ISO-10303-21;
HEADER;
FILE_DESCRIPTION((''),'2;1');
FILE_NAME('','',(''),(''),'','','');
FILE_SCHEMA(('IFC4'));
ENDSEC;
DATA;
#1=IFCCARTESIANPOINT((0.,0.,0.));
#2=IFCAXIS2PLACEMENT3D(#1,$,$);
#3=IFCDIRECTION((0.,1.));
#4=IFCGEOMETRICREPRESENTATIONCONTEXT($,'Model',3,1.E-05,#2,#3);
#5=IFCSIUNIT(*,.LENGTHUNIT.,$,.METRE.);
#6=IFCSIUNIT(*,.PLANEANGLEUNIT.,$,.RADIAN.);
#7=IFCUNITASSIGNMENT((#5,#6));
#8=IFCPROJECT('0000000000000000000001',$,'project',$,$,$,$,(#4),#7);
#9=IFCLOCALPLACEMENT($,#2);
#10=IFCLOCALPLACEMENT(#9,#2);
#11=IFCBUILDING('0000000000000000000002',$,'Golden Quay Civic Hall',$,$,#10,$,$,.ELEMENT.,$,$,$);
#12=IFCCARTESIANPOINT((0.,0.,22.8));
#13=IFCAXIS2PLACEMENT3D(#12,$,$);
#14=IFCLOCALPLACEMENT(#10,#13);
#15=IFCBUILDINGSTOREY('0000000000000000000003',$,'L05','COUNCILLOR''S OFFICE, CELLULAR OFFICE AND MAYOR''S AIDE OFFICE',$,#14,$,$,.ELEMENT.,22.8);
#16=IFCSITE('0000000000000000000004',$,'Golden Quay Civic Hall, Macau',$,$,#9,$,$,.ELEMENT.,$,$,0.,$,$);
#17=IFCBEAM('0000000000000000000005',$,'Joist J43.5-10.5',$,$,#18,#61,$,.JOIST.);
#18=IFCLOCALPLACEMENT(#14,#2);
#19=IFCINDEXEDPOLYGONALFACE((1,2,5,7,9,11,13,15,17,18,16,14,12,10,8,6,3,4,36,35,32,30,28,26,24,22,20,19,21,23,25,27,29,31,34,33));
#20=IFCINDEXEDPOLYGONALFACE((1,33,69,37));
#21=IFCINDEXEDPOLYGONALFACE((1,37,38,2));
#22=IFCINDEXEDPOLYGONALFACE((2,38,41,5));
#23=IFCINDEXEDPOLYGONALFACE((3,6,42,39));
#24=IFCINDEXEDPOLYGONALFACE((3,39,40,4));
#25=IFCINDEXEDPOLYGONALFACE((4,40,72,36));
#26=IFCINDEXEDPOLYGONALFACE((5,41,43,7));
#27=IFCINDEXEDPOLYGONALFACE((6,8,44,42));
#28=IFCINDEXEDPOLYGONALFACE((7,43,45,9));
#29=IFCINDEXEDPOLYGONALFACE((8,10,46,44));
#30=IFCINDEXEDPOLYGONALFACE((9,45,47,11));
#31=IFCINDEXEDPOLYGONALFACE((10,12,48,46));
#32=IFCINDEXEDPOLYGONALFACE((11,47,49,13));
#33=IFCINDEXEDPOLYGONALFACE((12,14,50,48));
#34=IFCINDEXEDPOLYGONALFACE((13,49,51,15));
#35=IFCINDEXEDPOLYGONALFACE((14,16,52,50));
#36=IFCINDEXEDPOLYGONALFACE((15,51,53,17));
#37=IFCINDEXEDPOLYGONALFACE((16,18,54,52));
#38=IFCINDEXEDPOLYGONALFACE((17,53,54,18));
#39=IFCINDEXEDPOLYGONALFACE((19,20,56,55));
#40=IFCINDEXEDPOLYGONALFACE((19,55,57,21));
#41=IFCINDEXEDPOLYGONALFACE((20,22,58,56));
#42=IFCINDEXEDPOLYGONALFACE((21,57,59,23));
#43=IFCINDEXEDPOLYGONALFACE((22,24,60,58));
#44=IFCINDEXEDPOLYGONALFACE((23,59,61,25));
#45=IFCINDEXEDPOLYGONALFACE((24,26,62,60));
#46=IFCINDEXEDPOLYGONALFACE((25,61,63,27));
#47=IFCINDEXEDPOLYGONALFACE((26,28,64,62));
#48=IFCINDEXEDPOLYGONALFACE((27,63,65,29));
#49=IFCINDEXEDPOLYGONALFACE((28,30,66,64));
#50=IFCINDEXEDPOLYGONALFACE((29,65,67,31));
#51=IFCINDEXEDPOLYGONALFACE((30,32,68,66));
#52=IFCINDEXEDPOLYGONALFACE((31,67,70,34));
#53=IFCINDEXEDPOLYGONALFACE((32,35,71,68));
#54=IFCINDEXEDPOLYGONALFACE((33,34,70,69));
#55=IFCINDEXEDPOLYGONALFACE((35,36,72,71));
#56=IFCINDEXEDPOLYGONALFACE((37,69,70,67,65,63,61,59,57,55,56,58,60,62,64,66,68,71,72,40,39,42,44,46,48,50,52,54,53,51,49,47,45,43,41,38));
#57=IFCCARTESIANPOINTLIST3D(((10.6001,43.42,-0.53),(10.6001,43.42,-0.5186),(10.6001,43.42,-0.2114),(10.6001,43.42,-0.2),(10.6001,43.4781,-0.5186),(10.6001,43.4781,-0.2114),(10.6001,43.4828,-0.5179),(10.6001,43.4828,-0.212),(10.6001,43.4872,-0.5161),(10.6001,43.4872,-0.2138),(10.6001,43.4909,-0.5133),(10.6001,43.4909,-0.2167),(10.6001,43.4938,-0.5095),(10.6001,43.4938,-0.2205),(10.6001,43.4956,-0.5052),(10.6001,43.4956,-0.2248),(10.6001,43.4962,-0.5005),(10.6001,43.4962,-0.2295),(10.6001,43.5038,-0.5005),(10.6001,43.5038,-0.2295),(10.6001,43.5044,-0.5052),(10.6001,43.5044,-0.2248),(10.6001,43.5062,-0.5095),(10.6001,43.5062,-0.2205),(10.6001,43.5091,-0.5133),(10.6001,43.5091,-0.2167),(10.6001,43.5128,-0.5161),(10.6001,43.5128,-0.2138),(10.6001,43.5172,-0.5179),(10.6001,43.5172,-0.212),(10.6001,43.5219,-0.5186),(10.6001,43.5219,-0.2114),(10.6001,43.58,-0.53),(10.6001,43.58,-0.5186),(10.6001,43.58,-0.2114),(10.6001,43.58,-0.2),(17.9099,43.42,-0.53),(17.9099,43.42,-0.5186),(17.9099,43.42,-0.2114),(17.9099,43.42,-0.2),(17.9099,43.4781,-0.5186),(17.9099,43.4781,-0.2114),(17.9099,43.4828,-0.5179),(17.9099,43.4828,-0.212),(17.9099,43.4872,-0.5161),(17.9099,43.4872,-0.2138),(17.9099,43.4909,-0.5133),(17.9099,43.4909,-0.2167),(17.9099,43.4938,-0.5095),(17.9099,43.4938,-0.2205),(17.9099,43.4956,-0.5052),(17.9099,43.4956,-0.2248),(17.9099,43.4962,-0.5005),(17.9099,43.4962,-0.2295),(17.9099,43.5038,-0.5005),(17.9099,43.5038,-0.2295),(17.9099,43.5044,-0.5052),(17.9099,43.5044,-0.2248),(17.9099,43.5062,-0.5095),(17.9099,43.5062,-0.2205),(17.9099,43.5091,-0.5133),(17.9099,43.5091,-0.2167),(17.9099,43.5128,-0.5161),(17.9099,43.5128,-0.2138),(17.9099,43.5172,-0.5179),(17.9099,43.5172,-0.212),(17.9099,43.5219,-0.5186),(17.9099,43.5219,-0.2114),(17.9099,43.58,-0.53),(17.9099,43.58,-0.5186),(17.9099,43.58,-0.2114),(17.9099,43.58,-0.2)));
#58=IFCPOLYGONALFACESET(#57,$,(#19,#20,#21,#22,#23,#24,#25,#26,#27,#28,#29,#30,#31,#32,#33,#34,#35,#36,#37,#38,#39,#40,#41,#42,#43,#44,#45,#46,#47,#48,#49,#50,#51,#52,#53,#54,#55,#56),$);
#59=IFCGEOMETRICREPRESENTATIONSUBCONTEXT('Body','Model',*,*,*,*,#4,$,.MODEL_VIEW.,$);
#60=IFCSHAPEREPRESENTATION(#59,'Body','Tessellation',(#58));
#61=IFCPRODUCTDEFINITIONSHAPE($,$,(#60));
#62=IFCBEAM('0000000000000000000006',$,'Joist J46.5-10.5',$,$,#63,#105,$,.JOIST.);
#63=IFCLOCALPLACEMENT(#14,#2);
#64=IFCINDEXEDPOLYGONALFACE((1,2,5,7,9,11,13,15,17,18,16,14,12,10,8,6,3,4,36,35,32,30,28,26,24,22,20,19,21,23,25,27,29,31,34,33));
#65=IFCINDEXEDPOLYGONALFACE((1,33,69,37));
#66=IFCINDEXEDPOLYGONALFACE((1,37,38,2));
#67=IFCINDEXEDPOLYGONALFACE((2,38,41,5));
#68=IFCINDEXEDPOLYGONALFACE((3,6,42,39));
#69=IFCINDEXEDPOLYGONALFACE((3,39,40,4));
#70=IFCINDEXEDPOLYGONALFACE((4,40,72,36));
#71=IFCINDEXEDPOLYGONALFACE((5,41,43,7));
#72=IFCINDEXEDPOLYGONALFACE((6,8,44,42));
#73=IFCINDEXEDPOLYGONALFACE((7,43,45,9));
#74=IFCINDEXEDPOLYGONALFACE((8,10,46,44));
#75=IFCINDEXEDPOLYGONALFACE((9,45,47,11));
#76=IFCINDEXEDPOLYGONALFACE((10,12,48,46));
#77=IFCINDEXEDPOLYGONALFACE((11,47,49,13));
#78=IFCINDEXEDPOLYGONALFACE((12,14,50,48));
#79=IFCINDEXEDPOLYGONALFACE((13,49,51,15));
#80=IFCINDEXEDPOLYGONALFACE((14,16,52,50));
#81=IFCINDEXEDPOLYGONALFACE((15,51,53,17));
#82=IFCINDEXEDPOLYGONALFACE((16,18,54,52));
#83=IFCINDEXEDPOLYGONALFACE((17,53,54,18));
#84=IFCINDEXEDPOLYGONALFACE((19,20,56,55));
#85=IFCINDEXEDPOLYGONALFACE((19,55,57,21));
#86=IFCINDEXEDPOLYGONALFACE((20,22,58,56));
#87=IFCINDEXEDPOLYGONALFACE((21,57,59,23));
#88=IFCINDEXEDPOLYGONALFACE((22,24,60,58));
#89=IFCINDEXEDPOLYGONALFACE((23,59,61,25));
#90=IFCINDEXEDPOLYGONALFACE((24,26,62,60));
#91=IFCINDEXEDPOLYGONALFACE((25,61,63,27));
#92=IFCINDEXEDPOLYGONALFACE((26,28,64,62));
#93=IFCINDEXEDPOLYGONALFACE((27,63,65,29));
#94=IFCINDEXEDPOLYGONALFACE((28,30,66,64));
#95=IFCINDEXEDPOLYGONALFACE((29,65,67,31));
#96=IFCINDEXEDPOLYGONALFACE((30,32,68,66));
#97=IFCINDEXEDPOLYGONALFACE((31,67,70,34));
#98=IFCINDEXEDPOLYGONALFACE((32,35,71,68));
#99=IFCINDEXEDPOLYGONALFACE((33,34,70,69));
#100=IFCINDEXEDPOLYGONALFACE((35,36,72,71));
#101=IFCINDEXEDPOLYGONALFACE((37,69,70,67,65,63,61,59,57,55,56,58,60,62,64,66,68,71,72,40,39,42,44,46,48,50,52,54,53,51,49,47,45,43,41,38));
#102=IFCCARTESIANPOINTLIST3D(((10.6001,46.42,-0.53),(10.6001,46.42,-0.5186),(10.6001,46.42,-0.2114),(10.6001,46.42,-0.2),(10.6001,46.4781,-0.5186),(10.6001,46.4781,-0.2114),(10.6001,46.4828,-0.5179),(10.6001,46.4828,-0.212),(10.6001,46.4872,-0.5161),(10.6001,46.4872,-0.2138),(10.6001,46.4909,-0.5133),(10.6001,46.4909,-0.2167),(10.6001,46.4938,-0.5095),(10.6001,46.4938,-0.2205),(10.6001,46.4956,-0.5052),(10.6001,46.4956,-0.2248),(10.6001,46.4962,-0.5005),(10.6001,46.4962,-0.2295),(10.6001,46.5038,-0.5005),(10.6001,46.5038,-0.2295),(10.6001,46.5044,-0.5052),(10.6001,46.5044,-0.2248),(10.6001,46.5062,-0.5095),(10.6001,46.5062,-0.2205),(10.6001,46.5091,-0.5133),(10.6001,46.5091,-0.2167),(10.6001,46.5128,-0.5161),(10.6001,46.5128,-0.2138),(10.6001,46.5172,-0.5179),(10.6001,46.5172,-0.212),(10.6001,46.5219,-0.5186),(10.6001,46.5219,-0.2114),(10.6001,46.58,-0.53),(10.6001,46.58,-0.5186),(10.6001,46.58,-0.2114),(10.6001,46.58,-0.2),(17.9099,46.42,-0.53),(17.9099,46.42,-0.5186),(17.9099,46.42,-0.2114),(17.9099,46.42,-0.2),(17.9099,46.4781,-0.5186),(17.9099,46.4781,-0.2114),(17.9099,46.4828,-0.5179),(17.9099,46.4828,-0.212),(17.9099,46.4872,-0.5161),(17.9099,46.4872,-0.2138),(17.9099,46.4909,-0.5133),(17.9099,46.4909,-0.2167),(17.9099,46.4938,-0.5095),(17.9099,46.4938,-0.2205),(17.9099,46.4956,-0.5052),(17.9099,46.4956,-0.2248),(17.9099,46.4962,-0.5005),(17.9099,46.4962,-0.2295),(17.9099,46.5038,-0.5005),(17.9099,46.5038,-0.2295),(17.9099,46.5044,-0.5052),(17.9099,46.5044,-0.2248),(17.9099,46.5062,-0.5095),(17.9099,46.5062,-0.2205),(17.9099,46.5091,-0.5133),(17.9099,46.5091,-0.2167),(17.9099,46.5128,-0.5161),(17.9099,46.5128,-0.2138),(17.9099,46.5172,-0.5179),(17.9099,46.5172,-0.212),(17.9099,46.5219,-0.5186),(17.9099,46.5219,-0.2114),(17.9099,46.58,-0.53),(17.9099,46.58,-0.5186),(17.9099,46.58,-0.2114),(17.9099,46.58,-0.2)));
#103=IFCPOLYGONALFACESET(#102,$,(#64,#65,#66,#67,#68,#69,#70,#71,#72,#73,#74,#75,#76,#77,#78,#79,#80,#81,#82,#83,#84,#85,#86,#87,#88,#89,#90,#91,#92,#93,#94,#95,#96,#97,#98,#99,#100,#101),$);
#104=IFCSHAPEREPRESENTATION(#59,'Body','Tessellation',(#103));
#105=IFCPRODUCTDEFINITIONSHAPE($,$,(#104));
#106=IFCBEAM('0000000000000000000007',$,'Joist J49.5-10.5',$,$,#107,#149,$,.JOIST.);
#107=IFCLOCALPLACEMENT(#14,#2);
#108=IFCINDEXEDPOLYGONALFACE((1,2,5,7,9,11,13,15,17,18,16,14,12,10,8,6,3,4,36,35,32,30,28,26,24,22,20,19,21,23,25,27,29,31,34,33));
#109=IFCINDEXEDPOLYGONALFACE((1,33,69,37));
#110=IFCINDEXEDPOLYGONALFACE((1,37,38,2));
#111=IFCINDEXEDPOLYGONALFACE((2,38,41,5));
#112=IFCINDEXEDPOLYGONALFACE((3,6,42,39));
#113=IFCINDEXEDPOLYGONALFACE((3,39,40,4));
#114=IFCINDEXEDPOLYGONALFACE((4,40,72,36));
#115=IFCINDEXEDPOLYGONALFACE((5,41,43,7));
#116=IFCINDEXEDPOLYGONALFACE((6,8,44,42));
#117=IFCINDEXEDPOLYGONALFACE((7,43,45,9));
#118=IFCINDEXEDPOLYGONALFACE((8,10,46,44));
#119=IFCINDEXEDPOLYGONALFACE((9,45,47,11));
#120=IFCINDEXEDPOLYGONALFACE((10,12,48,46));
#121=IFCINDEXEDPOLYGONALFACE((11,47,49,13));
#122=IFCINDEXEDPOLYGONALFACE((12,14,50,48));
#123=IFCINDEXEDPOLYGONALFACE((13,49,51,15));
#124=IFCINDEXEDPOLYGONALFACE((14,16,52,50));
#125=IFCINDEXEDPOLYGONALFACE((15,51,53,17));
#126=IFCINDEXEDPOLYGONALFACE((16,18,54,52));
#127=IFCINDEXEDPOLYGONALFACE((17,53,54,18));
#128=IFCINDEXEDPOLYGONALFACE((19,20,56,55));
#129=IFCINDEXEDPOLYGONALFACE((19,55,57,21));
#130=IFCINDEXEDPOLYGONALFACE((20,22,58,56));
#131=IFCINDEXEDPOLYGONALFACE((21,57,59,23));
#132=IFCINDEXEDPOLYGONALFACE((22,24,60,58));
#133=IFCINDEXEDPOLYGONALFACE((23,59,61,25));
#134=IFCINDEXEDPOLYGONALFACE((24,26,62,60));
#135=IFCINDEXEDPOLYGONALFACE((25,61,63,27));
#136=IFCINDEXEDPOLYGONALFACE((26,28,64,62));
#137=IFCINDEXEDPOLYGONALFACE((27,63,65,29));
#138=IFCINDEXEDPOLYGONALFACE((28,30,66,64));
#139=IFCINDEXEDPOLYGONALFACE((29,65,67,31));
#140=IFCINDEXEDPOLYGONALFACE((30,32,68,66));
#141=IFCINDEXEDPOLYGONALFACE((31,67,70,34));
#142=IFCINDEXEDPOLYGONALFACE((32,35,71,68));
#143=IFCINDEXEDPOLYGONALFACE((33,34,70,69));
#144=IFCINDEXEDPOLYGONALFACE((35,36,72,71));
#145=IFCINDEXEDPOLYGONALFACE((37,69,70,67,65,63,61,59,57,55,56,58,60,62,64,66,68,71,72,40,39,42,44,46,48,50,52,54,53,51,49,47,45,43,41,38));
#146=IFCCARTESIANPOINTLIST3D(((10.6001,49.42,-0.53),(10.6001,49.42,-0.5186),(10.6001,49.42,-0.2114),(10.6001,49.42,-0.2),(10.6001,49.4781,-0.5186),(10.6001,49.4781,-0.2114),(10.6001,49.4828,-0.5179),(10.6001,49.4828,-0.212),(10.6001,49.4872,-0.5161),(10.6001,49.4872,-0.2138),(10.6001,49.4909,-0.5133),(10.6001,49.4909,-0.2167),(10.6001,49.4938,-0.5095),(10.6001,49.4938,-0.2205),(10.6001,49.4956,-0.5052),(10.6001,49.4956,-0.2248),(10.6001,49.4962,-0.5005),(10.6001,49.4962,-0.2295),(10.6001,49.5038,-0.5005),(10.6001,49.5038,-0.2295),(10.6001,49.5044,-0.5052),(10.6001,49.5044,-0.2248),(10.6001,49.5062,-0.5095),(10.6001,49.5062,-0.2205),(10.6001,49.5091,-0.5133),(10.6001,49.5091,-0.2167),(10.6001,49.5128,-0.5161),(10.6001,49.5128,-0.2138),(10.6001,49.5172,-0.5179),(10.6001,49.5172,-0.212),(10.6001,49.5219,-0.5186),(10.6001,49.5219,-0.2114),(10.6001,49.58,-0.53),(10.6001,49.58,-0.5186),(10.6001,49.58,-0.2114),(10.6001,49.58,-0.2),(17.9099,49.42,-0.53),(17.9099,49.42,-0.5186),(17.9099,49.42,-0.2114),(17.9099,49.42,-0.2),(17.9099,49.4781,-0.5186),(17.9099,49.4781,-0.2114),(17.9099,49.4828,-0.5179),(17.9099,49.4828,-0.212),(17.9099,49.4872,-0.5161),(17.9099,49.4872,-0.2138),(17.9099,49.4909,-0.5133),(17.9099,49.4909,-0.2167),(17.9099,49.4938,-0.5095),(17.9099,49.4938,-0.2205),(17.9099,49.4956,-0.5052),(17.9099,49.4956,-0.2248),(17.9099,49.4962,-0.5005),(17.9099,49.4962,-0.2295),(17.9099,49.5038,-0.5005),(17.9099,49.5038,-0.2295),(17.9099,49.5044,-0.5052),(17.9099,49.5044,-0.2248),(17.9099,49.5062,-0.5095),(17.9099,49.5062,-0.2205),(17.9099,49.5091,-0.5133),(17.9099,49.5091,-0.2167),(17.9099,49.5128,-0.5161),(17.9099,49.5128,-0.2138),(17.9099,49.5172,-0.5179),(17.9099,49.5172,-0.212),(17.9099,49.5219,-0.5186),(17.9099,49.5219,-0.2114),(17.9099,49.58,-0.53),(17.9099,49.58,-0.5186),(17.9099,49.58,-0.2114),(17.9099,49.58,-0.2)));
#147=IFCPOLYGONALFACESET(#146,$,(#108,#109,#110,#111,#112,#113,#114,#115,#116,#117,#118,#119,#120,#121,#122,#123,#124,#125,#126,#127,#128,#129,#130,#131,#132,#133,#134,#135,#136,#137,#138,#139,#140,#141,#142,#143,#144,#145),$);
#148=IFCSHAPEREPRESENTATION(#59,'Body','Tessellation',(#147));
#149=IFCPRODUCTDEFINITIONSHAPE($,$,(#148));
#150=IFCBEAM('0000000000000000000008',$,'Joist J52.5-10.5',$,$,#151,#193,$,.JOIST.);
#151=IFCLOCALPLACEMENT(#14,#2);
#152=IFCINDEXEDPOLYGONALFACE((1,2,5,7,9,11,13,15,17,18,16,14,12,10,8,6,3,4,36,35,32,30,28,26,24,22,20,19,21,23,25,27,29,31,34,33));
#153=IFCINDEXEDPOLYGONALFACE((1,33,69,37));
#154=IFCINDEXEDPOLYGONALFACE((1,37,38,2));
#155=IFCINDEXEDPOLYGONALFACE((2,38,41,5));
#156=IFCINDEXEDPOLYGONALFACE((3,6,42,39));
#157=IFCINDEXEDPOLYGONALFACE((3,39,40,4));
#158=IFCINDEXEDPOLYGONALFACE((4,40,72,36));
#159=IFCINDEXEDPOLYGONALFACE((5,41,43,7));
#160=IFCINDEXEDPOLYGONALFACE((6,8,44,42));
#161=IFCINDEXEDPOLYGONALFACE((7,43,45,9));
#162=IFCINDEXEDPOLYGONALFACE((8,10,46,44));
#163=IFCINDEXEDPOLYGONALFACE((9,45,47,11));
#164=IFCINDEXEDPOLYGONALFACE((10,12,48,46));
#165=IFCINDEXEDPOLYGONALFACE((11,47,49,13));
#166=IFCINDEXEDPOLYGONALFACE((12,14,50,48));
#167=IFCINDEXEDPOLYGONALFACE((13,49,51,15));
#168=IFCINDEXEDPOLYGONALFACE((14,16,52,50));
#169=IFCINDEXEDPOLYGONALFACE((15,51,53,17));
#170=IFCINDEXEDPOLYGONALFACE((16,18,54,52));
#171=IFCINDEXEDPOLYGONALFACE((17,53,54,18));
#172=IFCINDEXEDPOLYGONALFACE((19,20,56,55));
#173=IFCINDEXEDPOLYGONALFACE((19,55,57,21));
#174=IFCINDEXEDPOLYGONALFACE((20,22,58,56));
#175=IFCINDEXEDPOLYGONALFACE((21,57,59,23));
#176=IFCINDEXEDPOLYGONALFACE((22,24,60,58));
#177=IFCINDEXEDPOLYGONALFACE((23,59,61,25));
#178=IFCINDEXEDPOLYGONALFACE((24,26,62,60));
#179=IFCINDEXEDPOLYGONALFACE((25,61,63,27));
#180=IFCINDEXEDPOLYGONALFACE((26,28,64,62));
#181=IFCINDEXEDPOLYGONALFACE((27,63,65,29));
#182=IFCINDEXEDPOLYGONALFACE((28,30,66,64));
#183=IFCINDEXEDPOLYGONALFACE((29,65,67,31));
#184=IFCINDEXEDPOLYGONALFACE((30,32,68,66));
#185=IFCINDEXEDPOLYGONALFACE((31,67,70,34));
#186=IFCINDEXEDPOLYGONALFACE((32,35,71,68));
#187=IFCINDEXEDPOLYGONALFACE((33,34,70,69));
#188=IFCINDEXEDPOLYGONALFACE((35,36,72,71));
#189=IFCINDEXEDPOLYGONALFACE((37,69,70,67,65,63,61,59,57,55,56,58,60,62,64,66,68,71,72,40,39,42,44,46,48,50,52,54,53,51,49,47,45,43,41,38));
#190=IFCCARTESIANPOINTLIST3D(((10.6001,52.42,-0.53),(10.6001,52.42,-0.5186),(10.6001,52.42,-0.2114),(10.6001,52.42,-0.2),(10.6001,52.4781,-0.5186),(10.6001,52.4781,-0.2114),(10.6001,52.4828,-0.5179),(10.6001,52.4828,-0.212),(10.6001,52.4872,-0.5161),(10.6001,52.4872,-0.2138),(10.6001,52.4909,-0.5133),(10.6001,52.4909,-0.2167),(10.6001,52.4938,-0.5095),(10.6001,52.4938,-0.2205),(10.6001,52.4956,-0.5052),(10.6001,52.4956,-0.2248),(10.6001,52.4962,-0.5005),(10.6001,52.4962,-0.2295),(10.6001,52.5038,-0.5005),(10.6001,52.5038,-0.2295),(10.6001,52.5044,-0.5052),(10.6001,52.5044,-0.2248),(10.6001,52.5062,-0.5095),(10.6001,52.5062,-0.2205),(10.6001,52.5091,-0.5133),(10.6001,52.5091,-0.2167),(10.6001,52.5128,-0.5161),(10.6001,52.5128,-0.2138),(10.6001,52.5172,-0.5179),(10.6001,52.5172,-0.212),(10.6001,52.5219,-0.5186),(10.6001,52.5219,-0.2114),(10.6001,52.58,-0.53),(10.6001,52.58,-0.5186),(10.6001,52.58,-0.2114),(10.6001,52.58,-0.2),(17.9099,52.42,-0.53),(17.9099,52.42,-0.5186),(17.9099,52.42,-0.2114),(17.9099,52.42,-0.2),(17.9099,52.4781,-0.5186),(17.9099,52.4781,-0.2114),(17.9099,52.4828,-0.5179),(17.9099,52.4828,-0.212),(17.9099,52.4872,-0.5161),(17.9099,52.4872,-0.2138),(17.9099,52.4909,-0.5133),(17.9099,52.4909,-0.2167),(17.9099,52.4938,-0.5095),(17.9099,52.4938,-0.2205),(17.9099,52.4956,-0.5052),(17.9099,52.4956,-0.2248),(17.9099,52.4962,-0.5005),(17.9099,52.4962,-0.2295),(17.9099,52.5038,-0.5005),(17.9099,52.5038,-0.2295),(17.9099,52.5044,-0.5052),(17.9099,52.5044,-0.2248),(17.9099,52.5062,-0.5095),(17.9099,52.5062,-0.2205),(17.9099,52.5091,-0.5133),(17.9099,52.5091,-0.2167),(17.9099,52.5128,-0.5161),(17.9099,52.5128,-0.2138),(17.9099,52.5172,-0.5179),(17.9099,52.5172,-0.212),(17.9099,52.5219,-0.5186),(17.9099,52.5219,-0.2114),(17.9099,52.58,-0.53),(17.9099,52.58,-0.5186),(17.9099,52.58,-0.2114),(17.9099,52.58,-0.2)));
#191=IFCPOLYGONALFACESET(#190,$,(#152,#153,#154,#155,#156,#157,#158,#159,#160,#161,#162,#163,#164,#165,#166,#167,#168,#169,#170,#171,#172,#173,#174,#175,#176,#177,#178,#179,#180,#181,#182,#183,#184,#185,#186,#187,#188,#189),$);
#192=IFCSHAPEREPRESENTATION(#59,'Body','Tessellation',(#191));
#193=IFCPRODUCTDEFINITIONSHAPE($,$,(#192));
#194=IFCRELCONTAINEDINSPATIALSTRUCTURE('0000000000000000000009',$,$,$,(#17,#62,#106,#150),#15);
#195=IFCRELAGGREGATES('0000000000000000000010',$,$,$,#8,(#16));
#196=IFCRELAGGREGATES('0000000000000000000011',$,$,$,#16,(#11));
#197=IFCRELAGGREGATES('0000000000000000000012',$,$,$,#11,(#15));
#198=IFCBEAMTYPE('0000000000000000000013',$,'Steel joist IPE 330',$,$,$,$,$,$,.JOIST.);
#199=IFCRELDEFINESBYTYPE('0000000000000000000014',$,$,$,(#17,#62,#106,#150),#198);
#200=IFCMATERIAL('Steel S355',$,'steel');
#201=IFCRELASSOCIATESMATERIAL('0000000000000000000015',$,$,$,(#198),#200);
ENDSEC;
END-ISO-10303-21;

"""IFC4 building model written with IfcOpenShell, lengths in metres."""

from ifc_helpers import new_model, si_unit, direction, frame, origin, origin_2d, place, context, subcontext, project, spatial, i_section, extrude, material, material_profile, profile_set, type_object, element, save


model = new_model("IFC4")

# Units and contexts
model_context = context("Model", 3, precision=1e-05, world=origin(), true_north=direction((0.0, 1.0)))
body_context = subcontext(model_context, "Body", "Model", "MODEL_VIEW")
ifc_project = project(units=[si_unit("LENGTHUNIT", "METRE"), si_unit("PLANEANGLEUNIT", "RADIAN")], contexts=[model_context])

# Site, building, storey
site_placement = place(None, origin())
site = spatial("IfcSite", under=ifc_project, at=site_placement, Name="Golden Quay Civic Hall, Macau", CompositionType="ELEMENT", RefElevation=0.0)
building_placement = place(site_placement, origin())
building = spatial("IfcBuilding", under=site, at=building_placement, Name="Golden Quay Civic Hall", CompositionType="ELEMENT")
storey_placement = place(building_placement, frame((0.0, 0.0, 22.8)))
storey = spatial("IfcBuildingStorey", under=building, at=storey_placement, Name="L05", Description="COUNCILLOR'S OFFICE, CELLULAR OFFICE AND MAYOR'S AIDE OFFICE", CompositionType="ELEMENT", Elevation=22.8)

# Beams
ifc_material_1 = material(Name="Steel S355", Category="steel")
ifc_material_profile_1 = material_profile(ifc_material_1, i_section(OverallWidth=0.1599, OverallDepth=0.3301, WebThickness=0.0076, FlangeThickness=0.0115, FilletRadius=0.0181, at=origin_2d()), Name="IPE 330")
ifc_profile_set_1 = profile_set([ifc_material_profile_1], Name="Steel S355")
beam_type_1 = type_object("IfcBeamType", Name="Steel joist IPE 330", PredefinedType="JOIST", material=ifc_profile_set_1)
for number, where, z_axis, x_axis, name in (
    (1, (10.6001, 43.5, -0.365), (1.0, 0.0, 0.0), (0.0, 1.0, 0.0), "Joist J43.5-10.5"),
    (2, (10.6001, 46.5, -0.365), (1.0, 0.0, 0.0), (0.0, 1.0, 0.0), "Joist J46.5-10.5"),
    (3, (10.6001, 49.5, -0.365), (1.0, 0.0, 0.0), (0.0, 1.0, 0.0), "Joist J49.5-10.5"),
    (4, (10.6001, 52.5, -0.365), (1.0, 0.0, 0.0), (0.0, 1.0, 0.0), "Joist J52.5-10.5"),
):
    element("IfcBeam", number, at=place(storey_placement, frame(where, z_axis=z_axis, x_axis=x_axis)), inside=storey, type_object=beam_type_1, Name=name, PredefinedType="JOIST", context=body_context, shape_type="SweptSolid", body=[
        extrude(i_section(OverallWidth=0.1599, OverallDepth=0.3301, WebThickness=0.0076, FlangeThickness=0.0115, FilletRadius=0.0181, at=origin_2d()), origin(), (0.0, 0.0, 1.0), 7.3098),
    ])

save(model, "model.ifc")
